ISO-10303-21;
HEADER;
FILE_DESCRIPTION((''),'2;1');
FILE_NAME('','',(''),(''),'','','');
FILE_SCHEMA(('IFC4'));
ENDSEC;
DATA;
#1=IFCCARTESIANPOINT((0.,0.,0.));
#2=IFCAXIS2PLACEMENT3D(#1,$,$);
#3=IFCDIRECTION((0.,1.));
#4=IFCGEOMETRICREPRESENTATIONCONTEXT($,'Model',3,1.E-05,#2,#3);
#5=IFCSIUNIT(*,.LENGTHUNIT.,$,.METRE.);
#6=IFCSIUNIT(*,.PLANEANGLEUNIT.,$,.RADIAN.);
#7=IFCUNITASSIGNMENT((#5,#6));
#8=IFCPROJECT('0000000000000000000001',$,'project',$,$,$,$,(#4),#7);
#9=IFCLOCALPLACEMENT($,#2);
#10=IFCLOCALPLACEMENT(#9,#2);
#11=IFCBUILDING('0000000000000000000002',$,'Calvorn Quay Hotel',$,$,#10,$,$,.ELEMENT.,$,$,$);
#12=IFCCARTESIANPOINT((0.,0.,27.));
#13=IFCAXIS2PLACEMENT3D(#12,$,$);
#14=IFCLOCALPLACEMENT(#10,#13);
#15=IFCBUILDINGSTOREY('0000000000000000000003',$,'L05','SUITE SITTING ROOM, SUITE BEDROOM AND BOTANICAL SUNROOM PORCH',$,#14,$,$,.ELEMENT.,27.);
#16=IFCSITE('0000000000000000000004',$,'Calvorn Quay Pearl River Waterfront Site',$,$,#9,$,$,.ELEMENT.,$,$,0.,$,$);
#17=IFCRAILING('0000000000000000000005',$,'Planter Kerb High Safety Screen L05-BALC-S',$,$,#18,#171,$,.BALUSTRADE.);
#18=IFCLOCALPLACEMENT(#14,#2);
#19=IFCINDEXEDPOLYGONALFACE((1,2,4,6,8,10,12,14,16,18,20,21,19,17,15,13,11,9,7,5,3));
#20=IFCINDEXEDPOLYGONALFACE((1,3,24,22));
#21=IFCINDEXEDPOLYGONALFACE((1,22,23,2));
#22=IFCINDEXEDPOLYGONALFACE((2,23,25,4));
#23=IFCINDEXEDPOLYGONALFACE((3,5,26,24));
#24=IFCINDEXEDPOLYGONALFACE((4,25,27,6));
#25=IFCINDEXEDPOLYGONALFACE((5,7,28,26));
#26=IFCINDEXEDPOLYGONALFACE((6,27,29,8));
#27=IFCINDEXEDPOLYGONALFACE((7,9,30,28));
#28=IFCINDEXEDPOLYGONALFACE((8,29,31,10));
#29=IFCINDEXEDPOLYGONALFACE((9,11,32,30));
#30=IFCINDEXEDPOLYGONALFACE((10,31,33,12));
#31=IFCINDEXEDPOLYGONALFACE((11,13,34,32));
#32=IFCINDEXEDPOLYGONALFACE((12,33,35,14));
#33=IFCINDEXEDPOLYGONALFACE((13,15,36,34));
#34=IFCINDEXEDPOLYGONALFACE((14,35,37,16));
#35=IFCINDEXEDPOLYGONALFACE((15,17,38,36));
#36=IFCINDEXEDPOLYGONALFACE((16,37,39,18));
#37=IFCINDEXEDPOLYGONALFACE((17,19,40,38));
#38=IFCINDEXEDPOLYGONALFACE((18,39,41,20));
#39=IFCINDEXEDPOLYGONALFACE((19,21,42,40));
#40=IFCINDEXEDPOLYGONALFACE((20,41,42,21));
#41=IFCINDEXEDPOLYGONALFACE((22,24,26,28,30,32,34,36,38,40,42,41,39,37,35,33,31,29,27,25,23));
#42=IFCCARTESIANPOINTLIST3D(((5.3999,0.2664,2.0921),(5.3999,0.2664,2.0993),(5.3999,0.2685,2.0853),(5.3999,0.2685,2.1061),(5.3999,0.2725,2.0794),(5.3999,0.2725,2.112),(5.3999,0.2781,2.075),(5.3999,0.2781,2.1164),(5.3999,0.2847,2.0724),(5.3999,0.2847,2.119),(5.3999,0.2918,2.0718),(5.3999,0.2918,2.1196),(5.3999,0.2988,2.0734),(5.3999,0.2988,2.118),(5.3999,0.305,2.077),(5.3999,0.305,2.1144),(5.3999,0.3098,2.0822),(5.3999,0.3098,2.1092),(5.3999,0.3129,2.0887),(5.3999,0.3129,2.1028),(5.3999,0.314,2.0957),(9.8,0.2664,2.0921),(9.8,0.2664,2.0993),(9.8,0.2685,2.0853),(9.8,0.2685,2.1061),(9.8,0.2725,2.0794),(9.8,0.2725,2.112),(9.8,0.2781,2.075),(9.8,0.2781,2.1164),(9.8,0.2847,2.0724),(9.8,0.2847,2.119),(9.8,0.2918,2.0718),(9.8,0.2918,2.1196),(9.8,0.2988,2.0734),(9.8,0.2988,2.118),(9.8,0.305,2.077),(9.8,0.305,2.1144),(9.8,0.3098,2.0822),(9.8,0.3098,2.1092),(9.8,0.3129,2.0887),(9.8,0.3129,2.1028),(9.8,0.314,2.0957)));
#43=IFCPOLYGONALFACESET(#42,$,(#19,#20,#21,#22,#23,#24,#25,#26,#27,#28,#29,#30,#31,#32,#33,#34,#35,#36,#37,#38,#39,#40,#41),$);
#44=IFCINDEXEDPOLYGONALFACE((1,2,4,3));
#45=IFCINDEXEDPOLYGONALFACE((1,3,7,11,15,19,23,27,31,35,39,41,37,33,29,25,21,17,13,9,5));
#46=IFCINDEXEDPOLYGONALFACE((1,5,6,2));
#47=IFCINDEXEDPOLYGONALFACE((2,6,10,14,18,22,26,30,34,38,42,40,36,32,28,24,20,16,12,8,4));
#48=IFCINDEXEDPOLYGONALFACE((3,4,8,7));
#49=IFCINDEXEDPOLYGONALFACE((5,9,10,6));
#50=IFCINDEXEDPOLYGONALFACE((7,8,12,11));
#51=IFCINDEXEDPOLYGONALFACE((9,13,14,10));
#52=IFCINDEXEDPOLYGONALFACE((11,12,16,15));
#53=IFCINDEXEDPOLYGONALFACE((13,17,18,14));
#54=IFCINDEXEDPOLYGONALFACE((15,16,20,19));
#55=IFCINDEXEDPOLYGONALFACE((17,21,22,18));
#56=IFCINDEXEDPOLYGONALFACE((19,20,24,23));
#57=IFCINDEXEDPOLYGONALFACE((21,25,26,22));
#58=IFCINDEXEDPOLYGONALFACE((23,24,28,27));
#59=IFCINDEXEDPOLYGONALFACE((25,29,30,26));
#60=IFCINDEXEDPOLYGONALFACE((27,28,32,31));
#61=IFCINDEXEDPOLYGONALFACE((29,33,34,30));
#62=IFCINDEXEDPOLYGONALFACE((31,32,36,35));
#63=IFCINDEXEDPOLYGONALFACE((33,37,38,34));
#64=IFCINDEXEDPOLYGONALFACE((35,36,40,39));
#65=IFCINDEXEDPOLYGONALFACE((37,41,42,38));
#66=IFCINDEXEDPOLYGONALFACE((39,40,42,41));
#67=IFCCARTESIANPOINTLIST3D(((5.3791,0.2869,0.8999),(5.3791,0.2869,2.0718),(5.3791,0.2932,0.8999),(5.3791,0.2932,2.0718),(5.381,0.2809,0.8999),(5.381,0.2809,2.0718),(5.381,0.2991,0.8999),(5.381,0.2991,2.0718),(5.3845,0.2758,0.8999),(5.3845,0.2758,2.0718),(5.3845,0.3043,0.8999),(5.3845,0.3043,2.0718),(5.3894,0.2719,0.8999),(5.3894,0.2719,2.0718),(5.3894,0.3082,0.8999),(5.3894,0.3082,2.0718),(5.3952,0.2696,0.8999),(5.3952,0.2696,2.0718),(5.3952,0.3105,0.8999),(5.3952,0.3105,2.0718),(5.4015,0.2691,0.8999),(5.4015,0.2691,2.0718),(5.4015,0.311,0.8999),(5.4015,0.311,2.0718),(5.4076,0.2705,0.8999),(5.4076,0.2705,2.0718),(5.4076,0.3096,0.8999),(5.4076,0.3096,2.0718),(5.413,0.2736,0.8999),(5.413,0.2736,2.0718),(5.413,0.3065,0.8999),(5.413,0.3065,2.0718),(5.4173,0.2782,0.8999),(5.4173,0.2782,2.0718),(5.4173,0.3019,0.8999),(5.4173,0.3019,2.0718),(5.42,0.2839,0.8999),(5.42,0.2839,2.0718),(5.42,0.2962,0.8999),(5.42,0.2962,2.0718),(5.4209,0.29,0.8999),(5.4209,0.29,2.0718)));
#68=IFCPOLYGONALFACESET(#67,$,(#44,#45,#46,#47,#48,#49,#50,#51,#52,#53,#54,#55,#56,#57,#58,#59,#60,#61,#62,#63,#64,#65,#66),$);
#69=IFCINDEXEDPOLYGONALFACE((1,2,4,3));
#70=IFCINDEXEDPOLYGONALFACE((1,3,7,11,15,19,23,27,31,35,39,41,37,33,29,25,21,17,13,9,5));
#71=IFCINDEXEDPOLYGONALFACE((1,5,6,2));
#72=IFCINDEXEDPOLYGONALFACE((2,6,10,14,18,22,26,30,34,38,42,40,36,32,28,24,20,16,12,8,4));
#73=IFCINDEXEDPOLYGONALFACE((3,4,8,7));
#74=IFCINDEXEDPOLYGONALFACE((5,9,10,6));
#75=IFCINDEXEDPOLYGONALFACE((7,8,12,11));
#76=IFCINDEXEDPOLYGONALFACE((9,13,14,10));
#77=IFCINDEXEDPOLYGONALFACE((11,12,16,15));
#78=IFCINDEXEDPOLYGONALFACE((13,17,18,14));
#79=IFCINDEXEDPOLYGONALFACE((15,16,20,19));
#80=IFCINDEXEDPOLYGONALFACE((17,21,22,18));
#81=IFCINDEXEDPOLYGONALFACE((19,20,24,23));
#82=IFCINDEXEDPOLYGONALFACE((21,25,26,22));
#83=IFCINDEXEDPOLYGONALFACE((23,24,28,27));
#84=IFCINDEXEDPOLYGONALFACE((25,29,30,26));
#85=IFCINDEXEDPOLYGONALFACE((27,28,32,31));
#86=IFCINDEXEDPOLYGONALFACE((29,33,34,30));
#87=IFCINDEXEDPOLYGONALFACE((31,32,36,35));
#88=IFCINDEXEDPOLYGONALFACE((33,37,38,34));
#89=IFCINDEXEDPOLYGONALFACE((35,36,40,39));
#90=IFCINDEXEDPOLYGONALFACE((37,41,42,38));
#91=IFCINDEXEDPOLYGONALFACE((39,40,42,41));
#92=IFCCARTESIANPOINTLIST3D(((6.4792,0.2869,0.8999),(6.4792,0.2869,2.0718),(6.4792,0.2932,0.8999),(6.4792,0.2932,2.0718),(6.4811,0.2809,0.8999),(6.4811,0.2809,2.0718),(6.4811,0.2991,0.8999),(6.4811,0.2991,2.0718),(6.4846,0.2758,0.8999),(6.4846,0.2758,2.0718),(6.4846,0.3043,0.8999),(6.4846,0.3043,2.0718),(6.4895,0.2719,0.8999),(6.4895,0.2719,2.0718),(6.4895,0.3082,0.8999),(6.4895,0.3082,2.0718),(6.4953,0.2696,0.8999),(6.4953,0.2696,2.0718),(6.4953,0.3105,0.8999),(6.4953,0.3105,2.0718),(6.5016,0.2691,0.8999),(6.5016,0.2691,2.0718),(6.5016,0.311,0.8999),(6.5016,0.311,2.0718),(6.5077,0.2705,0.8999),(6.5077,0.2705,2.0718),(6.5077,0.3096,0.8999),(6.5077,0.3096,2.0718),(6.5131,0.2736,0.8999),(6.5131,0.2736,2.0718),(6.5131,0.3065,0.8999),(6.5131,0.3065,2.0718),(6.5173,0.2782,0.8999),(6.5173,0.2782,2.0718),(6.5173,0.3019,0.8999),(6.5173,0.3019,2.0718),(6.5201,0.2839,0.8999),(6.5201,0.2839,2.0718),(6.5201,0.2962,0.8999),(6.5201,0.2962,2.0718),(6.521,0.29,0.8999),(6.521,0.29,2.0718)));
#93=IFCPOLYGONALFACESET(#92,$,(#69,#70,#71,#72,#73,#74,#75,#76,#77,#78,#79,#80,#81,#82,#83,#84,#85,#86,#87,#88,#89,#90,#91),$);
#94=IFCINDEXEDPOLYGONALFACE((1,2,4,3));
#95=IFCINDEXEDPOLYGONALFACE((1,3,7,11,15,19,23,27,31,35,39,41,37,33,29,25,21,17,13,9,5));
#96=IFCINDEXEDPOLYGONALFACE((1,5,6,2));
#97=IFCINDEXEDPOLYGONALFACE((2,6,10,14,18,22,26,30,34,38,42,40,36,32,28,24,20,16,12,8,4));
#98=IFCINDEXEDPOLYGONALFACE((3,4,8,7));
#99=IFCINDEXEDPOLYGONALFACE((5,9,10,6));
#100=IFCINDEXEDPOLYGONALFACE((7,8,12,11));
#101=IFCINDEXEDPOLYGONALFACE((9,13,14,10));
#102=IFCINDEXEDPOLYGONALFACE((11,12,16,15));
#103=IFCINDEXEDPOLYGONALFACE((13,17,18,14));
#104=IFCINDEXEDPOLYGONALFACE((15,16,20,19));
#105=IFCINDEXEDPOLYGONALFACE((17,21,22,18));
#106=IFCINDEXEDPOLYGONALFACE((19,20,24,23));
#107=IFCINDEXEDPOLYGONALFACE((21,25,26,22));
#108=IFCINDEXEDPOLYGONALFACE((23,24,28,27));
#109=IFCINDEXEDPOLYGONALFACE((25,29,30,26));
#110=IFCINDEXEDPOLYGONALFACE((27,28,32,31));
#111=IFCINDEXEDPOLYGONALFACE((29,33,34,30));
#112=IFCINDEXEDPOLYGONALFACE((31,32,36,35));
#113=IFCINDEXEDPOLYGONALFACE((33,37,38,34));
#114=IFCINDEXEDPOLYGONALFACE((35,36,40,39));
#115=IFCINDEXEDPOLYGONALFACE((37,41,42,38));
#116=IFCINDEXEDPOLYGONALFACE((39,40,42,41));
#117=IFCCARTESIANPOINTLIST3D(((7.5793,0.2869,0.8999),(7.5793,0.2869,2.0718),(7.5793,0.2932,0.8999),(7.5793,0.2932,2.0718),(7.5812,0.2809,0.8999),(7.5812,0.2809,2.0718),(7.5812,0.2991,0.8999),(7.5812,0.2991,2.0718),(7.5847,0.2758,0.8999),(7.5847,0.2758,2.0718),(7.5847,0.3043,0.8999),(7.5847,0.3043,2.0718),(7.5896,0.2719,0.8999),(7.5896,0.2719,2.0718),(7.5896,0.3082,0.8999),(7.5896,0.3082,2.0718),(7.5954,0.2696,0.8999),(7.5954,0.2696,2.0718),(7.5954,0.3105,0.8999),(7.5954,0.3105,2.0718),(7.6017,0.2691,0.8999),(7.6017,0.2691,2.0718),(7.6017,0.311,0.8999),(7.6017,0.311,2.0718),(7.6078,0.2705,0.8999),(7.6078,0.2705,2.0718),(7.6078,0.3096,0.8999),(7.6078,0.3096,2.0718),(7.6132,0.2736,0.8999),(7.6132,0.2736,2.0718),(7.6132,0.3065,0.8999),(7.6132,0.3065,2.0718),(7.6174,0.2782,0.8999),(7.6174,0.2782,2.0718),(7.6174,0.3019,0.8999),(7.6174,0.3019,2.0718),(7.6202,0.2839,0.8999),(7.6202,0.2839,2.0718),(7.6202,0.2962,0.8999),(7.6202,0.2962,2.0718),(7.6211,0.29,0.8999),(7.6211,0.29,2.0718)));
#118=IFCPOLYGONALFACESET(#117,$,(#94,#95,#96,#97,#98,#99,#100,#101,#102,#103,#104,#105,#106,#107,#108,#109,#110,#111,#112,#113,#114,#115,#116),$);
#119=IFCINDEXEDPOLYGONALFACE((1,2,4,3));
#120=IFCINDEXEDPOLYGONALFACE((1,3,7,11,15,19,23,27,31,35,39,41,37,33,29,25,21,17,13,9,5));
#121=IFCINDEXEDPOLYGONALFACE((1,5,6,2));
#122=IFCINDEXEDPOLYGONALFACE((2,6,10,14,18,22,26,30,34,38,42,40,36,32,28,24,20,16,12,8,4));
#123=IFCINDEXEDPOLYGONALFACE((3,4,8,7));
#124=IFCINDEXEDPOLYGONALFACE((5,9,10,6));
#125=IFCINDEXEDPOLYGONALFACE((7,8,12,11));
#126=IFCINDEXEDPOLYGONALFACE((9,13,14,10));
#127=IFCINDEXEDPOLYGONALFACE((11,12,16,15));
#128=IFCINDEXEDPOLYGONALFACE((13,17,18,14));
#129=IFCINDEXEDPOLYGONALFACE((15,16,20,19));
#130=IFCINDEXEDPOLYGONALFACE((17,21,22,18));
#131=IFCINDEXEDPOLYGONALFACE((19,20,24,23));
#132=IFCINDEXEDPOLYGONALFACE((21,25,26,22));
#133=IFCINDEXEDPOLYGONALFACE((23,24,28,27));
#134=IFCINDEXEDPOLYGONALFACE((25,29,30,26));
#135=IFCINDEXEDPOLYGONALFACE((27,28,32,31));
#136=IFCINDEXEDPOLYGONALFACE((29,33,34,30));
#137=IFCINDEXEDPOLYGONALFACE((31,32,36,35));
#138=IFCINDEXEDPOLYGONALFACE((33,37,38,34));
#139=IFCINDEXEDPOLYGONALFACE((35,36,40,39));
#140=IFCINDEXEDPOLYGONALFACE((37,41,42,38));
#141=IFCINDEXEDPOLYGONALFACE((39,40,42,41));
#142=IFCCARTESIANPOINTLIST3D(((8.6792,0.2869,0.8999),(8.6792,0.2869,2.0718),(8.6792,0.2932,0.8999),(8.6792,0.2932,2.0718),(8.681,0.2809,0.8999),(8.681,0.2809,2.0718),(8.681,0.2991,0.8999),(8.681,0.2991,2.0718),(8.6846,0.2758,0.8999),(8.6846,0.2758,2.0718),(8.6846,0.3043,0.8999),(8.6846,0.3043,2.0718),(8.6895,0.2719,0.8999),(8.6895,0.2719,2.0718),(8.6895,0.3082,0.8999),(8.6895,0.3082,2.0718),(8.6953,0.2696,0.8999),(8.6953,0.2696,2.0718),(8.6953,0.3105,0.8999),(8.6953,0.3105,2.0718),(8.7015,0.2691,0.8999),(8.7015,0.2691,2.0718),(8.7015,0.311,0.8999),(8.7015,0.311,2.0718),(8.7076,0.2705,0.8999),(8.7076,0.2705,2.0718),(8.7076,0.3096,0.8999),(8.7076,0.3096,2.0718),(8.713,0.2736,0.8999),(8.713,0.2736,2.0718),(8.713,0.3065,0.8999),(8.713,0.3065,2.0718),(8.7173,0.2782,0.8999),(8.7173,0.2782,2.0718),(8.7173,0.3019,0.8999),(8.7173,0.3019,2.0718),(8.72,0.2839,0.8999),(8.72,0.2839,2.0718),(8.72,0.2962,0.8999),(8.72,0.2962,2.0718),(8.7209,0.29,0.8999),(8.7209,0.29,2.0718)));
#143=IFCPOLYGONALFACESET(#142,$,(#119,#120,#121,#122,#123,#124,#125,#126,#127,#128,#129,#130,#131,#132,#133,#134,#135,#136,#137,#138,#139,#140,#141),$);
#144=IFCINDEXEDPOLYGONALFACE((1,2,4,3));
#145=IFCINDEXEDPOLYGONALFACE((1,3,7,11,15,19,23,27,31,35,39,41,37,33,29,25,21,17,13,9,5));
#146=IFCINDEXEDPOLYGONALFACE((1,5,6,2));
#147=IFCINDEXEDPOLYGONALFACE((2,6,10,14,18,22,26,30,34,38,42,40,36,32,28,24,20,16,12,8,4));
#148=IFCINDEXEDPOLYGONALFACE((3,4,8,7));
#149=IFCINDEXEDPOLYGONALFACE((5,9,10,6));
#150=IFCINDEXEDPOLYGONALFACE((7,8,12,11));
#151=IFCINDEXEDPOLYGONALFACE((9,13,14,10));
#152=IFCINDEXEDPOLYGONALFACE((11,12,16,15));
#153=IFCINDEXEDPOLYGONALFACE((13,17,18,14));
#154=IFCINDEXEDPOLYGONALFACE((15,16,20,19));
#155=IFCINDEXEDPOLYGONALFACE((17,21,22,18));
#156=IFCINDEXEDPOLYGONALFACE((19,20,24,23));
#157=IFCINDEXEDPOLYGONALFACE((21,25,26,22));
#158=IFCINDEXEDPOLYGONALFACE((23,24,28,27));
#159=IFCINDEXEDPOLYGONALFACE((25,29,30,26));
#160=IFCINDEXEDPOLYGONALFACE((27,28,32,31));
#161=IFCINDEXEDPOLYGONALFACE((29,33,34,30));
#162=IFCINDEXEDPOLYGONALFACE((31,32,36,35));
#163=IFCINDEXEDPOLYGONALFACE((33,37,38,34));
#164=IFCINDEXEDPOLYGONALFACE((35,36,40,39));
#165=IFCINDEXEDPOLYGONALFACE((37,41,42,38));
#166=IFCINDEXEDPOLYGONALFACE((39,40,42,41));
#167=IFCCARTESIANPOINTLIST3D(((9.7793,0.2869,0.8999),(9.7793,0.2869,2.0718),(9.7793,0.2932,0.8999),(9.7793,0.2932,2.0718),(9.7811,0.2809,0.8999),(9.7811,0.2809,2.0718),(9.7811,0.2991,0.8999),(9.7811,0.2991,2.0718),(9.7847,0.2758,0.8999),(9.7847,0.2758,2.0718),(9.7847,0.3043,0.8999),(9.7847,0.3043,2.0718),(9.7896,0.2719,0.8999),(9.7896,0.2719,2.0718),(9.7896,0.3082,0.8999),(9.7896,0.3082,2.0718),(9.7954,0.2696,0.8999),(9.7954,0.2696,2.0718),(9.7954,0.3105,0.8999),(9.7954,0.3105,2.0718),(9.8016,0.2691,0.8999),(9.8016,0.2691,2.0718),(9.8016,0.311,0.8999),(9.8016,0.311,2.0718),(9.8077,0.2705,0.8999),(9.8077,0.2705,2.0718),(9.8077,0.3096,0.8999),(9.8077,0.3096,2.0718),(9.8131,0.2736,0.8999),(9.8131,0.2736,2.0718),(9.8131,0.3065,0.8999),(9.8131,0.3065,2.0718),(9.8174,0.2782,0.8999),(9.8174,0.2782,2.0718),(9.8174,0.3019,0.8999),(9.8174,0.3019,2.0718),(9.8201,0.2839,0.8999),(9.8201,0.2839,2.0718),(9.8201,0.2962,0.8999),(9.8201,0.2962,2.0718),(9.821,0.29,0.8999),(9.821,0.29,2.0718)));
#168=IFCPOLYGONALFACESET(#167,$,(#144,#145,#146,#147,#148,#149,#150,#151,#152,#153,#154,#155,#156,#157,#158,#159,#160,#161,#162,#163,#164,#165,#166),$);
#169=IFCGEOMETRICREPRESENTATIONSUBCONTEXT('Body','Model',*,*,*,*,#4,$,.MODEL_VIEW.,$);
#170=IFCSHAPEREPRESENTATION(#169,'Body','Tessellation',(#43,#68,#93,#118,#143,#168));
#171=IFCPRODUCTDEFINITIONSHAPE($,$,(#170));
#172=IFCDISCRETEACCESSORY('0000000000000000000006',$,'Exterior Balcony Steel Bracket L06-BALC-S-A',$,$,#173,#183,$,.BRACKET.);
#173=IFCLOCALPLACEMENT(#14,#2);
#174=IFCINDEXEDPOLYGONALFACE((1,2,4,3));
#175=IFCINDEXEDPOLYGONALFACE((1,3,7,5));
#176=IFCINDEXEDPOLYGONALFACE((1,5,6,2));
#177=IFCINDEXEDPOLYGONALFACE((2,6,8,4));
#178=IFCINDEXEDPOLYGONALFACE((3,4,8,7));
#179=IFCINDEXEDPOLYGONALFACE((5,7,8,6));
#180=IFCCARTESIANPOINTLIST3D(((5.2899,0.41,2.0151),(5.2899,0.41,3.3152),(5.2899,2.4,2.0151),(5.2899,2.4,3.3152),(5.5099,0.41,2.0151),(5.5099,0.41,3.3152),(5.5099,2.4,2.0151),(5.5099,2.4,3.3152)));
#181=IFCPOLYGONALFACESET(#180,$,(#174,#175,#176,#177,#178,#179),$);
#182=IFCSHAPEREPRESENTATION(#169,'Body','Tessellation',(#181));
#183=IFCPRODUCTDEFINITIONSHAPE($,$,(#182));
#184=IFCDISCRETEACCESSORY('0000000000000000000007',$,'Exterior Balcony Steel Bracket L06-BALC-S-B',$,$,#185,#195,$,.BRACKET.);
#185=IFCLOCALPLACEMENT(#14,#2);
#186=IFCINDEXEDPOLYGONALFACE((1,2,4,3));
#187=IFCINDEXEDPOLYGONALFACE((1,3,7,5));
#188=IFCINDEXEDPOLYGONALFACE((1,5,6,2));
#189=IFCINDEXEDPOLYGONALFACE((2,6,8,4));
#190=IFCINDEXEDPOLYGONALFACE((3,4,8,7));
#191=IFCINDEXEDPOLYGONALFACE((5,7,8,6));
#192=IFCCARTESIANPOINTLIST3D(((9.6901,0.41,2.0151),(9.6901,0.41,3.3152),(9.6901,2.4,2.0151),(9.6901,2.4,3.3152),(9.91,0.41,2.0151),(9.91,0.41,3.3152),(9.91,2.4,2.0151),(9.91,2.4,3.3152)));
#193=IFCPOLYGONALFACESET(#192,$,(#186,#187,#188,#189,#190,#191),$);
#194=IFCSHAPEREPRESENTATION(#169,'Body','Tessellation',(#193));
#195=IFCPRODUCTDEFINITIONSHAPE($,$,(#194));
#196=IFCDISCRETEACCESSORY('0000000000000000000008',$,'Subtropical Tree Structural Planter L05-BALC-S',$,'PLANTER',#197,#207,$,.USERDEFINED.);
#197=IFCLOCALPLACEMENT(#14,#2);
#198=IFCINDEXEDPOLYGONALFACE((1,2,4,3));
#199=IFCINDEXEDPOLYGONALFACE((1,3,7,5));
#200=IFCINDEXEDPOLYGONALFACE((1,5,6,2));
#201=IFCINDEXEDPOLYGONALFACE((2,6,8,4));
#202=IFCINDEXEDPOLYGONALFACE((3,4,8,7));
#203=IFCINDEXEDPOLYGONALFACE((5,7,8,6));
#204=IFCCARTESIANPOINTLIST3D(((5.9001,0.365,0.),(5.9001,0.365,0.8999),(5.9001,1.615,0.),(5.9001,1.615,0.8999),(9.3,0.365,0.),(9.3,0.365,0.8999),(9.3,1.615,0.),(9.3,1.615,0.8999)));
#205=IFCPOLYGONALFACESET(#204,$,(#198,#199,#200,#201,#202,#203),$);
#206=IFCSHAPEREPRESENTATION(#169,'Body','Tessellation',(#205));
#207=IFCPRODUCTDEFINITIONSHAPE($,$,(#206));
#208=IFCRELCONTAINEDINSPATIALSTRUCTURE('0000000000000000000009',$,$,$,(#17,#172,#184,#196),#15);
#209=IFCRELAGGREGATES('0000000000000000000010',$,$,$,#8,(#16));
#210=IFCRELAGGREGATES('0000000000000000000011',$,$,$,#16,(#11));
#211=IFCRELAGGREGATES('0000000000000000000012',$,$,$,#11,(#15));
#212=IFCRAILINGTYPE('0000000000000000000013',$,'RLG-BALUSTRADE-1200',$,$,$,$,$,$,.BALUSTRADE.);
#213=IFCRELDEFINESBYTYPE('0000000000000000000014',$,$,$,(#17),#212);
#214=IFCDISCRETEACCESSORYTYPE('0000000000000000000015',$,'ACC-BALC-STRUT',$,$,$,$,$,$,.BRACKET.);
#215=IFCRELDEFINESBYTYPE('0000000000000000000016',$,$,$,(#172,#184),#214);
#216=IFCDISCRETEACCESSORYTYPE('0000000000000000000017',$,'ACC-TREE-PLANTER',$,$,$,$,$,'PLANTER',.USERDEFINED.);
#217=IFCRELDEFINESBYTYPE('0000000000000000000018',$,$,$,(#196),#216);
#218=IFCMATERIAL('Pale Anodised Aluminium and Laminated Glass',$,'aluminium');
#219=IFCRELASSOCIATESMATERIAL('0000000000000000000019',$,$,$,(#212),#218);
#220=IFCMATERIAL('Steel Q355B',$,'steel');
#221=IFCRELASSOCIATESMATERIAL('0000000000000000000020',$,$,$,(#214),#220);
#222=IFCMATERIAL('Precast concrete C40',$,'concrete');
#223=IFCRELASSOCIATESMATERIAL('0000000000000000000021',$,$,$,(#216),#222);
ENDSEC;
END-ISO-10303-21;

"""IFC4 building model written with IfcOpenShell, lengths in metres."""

from ifc_helpers import new_model, si_unit, direction, frame, origin, origin_2d, place, context, subcontext, project, spatial, rectangle, circle, extrude, material, type_object, element, save


model = new_model("IFC4")

# Units and contexts
model_context = context("Model", 3, precision=1e-05, world=origin(), true_north=direction((0.0, 1.0)))
body_context = subcontext(model_context, "Body", "Model", "MODEL_VIEW")
ifc_project = project(units=[si_unit("LENGTHUNIT", "METRE"), si_unit("PLANEANGLEUNIT", "RADIAN")], contexts=[model_context])

# Site, building, storey
site_placement = place(None, origin())
site = spatial("IfcSite", under=ifc_project, at=site_placement, Name="Calvorn Quay Pearl River Waterfront Site", CompositionType="ELEMENT", RefElevation=0.0)
building_placement = place(site_placement, origin())
building = spatial("IfcBuilding", under=site, at=building_placement, Name="Calvorn Quay Hotel", CompositionType="ELEMENT")
storey_placement = place(building_placement, frame((0.0, 0.0, 27.0)))
storey = spatial("IfcBuildingStorey", under=building, at=storey_placement, Name="L05", Description="SUITE SITTING ROOM, SUITE BEDROOM AND BOTANICAL SUNROOM PORCH", CompositionType="ELEMENT", Elevation=27.0)

# Railing
ifc_material_1 = material(Name="Pale Anodised Aluminium and Laminated Glass", Category="aluminium")
railing_type = type_object("IfcRailingType", Name="RLG-BALUSTRADE-1200", PredefinedType="BALUSTRADE", material=ifc_material_1)
railing_1_placement = place(storey_placement, frame((5.3999, 0.29, 0.8999)))
element("IfcRailing", 1, at=railing_1_placement, inside=storey, type_object=railing_type, Name="Planter Kerb High Safety Screen L05-BALC-S", PredefinedType="BALUSTRADE", context=body_context, shape_type="SweptSolid", body=[
    extrude(circle(Radius=0.0239, at=origin_2d()), frame((0.0, 0.0, 1.1958), z_axis=(1.0, 0.0, 0.0), x_axis=(0.0, 1.0, 0.0)), (0.0, 0.0, 1.0), 4.4001),
    extrude(circle(Radius=0.021, at=origin_2d()), origin(), (0.0, 0.0, 1.0), 1.1719),
    extrude(circle(Radius=0.021, at=origin_2d()), frame((1.1001, 0.0, 0.0)), (0.0, 0.0, 1.0), 1.1719),
    extrude(circle(Radius=0.021, at=origin_2d()), frame((2.2002, 0.0, 0.0)), (0.0, 0.0, 1.0), 1.1719),
    extrude(circle(Radius=0.021, at=origin_2d()), frame((3.3, 0.0, 0.0)), (0.0, 0.0, 1.0), 1.1719),
    extrude(circle(Radius=0.021, at=origin_2d()), frame((4.4001, 0.0, 0.0)), (0.0, 0.0, 1.0), 1.1719),
])

# Discrete accessories
ifc_material_2 = material(Name="Steel Q355B", Category="steel")
discrete_accessory_type_1 = type_object("IfcDiscreteAccessoryType", Name="ACC-BALC-STRUT", PredefinedType="BRACKET", material=ifc_material_2)
for number, where, z_axis, x_axis, name in (
    (2, (5.3999, 1.405, 2.0151), (0.0, 0.0, 1.0), (1.0, 0.0, 0.0), "Exterior Balcony Steel Bracket L06-BALC-S-A"),
    (3, (9.8, 1.405, 2.0151), (0.0, 0.0, 1.0), (1.0, 0.0, 0.0), "Exterior Balcony Steel Bracket L06-BALC-S-B"),
):
    element("IfcDiscreteAccessory", number, at=place(storey_placement, frame(where, z_axis=z_axis, x_axis=x_axis)), inside=storey, type_object=discrete_accessory_type_1, Name=name, PredefinedType="BRACKET", context=body_context, shape_type="SweptSolid", body=[
        extrude(rectangle(XDim=0.22, YDim=1.99, at=origin_2d()), origin(), (0.0, 0.0, 1.0), 1.3),
    ])
ifc_material_3 = material(Name="Precast concrete C40", Category="concrete")
discrete_accessory_type_2 = type_object("IfcDiscreteAccessoryType", Name="ACC-TREE-PLANTER", ElementType="PLANTER", PredefinedType="USERDEFINED", material=ifc_material_3)
discrete_accessory_placement = place(storey_placement, frame((7.6001, 0.99, 0.0), z_axis=(0.0, 0.0, 1.0), x_axis=(1.0, 0.0, 0.0)))
element("IfcDiscreteAccessory", 4, at=discrete_accessory_placement, inside=storey, type_object=discrete_accessory_type_2, Name="Subtropical Tree Structural Planter L05-BALC-S", ObjectType="PLANTER", PredefinedType="USERDEFINED", context=body_context, shape_type="SweptSolid", body=[
    extrude(rectangle(XDim=3.3999, YDim=1.25, at=origin_2d()), origin(), (0.0, 0.0, 1.0), 0.8999),
])

save(model, "model.ifc")
